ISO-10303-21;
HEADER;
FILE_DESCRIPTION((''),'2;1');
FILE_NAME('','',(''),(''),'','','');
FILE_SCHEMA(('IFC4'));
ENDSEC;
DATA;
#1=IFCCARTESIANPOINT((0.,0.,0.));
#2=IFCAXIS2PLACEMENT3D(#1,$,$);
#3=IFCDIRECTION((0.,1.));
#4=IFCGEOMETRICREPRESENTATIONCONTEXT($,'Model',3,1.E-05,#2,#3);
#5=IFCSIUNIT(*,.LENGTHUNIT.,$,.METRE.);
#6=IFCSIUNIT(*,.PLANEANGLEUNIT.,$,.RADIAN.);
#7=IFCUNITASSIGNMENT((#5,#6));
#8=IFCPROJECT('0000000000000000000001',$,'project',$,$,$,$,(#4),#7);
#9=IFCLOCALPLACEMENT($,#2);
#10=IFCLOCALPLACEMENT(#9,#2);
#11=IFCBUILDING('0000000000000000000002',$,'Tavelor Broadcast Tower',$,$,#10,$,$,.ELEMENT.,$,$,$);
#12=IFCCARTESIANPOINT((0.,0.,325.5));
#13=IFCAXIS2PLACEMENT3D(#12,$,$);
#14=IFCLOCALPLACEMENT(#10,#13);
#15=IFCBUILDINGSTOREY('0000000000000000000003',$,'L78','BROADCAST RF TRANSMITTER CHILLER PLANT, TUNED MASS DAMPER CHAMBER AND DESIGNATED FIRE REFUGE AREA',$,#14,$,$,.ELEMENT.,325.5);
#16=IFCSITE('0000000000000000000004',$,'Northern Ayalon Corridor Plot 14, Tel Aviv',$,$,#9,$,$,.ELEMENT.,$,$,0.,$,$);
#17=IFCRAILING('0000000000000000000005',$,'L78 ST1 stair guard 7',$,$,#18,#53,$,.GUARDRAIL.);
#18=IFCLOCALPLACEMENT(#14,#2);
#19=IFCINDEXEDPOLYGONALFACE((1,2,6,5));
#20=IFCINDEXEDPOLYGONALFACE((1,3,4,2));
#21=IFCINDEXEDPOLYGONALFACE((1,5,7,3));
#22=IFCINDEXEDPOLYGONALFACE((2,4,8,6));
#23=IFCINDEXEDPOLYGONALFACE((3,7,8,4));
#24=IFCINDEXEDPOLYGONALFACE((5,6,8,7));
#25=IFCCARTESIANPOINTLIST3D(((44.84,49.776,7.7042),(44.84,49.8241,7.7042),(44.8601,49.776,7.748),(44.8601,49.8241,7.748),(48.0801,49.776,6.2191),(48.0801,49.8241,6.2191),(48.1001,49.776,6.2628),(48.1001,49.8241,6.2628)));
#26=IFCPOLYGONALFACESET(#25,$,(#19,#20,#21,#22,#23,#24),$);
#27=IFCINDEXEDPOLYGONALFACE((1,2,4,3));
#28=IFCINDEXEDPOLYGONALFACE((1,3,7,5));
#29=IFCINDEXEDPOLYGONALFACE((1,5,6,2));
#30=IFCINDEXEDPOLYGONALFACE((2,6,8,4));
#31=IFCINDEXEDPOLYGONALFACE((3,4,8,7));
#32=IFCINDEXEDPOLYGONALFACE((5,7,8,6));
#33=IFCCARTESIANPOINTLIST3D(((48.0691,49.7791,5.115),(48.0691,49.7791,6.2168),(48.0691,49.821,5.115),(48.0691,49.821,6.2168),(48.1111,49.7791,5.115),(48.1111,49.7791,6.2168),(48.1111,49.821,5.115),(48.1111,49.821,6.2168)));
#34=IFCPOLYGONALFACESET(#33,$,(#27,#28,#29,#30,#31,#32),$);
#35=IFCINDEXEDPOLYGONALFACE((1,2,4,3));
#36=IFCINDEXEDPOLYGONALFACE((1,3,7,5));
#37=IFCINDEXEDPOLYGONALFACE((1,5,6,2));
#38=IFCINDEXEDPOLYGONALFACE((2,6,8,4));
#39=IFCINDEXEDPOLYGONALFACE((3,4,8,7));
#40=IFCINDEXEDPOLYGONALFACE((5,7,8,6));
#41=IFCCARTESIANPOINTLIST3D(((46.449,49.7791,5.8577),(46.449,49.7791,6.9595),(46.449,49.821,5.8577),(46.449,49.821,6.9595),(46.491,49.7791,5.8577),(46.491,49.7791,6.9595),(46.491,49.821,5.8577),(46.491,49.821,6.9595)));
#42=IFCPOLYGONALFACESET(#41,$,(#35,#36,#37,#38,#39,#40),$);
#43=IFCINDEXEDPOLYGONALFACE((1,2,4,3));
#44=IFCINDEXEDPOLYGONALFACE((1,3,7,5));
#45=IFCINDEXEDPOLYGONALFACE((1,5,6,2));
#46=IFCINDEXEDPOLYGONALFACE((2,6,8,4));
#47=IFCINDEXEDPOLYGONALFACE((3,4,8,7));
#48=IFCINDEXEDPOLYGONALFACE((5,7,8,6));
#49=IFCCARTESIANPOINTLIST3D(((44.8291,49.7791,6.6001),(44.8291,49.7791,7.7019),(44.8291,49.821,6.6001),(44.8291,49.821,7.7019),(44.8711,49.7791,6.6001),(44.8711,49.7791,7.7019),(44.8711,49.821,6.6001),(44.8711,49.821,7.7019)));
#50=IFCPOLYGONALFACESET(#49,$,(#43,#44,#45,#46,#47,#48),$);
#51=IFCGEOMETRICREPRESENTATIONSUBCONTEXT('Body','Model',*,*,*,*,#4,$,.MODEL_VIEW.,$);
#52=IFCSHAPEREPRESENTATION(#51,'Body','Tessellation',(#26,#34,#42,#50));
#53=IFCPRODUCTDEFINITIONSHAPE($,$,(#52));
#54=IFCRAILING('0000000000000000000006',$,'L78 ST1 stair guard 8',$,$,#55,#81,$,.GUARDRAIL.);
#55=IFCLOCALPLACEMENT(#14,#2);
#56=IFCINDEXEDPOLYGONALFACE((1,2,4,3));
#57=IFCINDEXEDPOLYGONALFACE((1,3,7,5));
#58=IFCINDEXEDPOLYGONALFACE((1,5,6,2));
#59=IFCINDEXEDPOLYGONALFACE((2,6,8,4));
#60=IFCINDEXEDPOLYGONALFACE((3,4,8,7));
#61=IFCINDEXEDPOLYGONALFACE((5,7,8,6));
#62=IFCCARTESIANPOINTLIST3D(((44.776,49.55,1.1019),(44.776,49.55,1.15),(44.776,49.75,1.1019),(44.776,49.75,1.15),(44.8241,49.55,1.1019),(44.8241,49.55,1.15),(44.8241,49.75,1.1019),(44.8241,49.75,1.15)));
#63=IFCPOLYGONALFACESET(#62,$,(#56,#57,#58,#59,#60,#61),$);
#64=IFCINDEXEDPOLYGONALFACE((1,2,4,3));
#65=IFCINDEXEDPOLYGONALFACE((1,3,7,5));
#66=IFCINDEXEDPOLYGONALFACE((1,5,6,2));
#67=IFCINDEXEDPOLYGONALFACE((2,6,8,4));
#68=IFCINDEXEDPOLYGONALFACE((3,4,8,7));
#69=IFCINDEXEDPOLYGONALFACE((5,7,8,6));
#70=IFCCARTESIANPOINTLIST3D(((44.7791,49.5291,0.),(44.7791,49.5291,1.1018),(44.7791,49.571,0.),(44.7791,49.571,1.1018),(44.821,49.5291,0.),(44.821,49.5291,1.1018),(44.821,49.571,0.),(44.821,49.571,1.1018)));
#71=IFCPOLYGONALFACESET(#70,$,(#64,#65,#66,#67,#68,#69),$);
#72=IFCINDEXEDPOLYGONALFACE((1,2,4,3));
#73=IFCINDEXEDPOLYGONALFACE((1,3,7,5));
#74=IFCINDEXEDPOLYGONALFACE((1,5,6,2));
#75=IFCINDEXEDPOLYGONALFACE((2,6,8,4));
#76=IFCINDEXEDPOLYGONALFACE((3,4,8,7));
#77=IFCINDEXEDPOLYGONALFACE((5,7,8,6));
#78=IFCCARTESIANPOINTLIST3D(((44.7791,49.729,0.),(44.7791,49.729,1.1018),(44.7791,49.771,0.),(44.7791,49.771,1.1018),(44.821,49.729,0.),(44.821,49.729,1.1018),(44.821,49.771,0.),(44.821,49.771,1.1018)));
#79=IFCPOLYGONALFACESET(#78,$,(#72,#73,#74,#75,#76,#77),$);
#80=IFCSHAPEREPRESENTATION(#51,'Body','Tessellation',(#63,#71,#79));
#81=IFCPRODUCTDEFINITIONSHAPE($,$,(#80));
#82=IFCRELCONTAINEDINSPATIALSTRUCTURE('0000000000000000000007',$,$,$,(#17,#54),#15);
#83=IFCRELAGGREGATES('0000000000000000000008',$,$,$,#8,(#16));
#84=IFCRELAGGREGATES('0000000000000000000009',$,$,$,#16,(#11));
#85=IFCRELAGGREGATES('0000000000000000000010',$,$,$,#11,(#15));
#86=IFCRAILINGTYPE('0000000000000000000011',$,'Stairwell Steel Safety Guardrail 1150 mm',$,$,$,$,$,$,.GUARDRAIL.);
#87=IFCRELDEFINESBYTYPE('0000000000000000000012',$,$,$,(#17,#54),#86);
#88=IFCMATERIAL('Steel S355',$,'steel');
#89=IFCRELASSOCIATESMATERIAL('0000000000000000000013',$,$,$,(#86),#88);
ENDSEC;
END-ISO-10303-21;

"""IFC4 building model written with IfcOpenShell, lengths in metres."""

from ifc_helpers import new_model, si_unit, direction, frame, origin, origin_2d, place, context, subcontext, project, spatial, rectangle, extrude, material, type_object, element, save


model = new_model("IFC4")

# Units and contexts
model_context = context("Model", 3, precision=1e-05, world=origin(), true_north=direction((0.0, 1.0)))
body_context = subcontext(model_context, "Body", "Model", "MODEL_VIEW")
ifc_project = project(units=[si_unit("LENGTHUNIT", "METRE"), si_unit("PLANEANGLEUNIT", "RADIAN")], contexts=[model_context])

# Site, building, storey
site_placement = place(None, origin())
site = spatial("IfcSite", under=ifc_project, at=site_placement, Name="Northern Ayalon Corridor Plot 14, Tel Aviv", CompositionType="ELEMENT", RefElevation=0.0)
building_placement = place(site_placement, origin())
building = spatial("IfcBuilding", under=site, at=building_placement, Name="Tavelor Broadcast Tower", CompositionType="ELEMENT")
storey_placement = place(building_placement, frame((0.0, 0.0, 325.5)))
storey = spatial("IfcBuildingStorey", under=building, at=storey_placement, Name="L78", Description="BROADCAST RF TRANSMITTER CHILLER PLANT, TUNED MASS DAMPER CHAMBER AND DESIGNATED FIRE REFUGE AREA", CompositionType="ELEMENT", Elevation=325.5)

# Shared definitions
ifc_material_1 = material(Name="Steel S355", Category="steel")

# Railings
railing_type_1 = type_object("IfcRailingType", Name="Stairwell Steel Safety Guardrail 1150 mm", PredefinedType="GUARDRAIL", material=ifc_material_1)
railing_1_placement = place(storey_placement, frame((48.0901, 49.8, 5.115)))
element("IfcRailing", 1, at=railing_1_placement, inside=storey, type_object=railing_type_1, Name="L78 ST1 stair guard 7", PredefinedType="GUARDRAIL", context=body_context, shape_type="SweptSolid", body=[
    extrude(rectangle(XDim=0.0481, YDim=0.0481, at=origin_2d()), frame((0.0, 0.0, 1.126), z_axis=(-0.909053, 0.0, 0.416681), x_axis=(0.0, -1.0, 0.0)), (0.0, 0.0, 1.0), 3.5642),
    extrude(rectangle(XDim=0.042, YDim=0.042, at=origin_2d()), origin(), (0.0, 0.0, 1.0), 1.1018),
    extrude(rectangle(XDim=0.042, YDim=0.042, at=origin_2d()), frame((-1.6201, 0.0, 0.7427)), (0.0, 0.0, 1.0), 1.1018),
    extrude(rectangle(XDim=0.042, YDim=0.042, at=origin_2d()), frame((-3.24, 0.0, 1.4851)), (0.0, 0.0, 1.0), 1.1018),
])
railing_2_placement = place(storey_placement, frame((44.8, 49.55, 0.0)))
element("IfcRailing", 2, at=railing_2_placement, inside=storey, type_object=railing_type_1, Name="L78 ST1 stair guard 8", PredefinedType="GUARDRAIL", context=body_context, shape_type="SweptSolid", body=[
    extrude(rectangle(XDim=0.0481, YDim=0.0481, at=origin_2d()), frame((0.0, 0.0, 1.126), z_axis=(0.0, 1.0, 0.0), x_axis=(-1.0, 0.0, 0.0)), (0.0, 0.0, 1.0), 0.2),
    extrude(rectangle(XDim=0.042, YDim=0.042, at=origin_2d()), origin(), (0.0, 0.0, 1.0), 1.1018),
    extrude(rectangle(XDim=0.042, YDim=0.042, at=origin_2d()), frame((0.0, 0.2, 0.0)), (0.0, 0.0, 1.0), 1.1018),
])

save(model, "model.ifc")
